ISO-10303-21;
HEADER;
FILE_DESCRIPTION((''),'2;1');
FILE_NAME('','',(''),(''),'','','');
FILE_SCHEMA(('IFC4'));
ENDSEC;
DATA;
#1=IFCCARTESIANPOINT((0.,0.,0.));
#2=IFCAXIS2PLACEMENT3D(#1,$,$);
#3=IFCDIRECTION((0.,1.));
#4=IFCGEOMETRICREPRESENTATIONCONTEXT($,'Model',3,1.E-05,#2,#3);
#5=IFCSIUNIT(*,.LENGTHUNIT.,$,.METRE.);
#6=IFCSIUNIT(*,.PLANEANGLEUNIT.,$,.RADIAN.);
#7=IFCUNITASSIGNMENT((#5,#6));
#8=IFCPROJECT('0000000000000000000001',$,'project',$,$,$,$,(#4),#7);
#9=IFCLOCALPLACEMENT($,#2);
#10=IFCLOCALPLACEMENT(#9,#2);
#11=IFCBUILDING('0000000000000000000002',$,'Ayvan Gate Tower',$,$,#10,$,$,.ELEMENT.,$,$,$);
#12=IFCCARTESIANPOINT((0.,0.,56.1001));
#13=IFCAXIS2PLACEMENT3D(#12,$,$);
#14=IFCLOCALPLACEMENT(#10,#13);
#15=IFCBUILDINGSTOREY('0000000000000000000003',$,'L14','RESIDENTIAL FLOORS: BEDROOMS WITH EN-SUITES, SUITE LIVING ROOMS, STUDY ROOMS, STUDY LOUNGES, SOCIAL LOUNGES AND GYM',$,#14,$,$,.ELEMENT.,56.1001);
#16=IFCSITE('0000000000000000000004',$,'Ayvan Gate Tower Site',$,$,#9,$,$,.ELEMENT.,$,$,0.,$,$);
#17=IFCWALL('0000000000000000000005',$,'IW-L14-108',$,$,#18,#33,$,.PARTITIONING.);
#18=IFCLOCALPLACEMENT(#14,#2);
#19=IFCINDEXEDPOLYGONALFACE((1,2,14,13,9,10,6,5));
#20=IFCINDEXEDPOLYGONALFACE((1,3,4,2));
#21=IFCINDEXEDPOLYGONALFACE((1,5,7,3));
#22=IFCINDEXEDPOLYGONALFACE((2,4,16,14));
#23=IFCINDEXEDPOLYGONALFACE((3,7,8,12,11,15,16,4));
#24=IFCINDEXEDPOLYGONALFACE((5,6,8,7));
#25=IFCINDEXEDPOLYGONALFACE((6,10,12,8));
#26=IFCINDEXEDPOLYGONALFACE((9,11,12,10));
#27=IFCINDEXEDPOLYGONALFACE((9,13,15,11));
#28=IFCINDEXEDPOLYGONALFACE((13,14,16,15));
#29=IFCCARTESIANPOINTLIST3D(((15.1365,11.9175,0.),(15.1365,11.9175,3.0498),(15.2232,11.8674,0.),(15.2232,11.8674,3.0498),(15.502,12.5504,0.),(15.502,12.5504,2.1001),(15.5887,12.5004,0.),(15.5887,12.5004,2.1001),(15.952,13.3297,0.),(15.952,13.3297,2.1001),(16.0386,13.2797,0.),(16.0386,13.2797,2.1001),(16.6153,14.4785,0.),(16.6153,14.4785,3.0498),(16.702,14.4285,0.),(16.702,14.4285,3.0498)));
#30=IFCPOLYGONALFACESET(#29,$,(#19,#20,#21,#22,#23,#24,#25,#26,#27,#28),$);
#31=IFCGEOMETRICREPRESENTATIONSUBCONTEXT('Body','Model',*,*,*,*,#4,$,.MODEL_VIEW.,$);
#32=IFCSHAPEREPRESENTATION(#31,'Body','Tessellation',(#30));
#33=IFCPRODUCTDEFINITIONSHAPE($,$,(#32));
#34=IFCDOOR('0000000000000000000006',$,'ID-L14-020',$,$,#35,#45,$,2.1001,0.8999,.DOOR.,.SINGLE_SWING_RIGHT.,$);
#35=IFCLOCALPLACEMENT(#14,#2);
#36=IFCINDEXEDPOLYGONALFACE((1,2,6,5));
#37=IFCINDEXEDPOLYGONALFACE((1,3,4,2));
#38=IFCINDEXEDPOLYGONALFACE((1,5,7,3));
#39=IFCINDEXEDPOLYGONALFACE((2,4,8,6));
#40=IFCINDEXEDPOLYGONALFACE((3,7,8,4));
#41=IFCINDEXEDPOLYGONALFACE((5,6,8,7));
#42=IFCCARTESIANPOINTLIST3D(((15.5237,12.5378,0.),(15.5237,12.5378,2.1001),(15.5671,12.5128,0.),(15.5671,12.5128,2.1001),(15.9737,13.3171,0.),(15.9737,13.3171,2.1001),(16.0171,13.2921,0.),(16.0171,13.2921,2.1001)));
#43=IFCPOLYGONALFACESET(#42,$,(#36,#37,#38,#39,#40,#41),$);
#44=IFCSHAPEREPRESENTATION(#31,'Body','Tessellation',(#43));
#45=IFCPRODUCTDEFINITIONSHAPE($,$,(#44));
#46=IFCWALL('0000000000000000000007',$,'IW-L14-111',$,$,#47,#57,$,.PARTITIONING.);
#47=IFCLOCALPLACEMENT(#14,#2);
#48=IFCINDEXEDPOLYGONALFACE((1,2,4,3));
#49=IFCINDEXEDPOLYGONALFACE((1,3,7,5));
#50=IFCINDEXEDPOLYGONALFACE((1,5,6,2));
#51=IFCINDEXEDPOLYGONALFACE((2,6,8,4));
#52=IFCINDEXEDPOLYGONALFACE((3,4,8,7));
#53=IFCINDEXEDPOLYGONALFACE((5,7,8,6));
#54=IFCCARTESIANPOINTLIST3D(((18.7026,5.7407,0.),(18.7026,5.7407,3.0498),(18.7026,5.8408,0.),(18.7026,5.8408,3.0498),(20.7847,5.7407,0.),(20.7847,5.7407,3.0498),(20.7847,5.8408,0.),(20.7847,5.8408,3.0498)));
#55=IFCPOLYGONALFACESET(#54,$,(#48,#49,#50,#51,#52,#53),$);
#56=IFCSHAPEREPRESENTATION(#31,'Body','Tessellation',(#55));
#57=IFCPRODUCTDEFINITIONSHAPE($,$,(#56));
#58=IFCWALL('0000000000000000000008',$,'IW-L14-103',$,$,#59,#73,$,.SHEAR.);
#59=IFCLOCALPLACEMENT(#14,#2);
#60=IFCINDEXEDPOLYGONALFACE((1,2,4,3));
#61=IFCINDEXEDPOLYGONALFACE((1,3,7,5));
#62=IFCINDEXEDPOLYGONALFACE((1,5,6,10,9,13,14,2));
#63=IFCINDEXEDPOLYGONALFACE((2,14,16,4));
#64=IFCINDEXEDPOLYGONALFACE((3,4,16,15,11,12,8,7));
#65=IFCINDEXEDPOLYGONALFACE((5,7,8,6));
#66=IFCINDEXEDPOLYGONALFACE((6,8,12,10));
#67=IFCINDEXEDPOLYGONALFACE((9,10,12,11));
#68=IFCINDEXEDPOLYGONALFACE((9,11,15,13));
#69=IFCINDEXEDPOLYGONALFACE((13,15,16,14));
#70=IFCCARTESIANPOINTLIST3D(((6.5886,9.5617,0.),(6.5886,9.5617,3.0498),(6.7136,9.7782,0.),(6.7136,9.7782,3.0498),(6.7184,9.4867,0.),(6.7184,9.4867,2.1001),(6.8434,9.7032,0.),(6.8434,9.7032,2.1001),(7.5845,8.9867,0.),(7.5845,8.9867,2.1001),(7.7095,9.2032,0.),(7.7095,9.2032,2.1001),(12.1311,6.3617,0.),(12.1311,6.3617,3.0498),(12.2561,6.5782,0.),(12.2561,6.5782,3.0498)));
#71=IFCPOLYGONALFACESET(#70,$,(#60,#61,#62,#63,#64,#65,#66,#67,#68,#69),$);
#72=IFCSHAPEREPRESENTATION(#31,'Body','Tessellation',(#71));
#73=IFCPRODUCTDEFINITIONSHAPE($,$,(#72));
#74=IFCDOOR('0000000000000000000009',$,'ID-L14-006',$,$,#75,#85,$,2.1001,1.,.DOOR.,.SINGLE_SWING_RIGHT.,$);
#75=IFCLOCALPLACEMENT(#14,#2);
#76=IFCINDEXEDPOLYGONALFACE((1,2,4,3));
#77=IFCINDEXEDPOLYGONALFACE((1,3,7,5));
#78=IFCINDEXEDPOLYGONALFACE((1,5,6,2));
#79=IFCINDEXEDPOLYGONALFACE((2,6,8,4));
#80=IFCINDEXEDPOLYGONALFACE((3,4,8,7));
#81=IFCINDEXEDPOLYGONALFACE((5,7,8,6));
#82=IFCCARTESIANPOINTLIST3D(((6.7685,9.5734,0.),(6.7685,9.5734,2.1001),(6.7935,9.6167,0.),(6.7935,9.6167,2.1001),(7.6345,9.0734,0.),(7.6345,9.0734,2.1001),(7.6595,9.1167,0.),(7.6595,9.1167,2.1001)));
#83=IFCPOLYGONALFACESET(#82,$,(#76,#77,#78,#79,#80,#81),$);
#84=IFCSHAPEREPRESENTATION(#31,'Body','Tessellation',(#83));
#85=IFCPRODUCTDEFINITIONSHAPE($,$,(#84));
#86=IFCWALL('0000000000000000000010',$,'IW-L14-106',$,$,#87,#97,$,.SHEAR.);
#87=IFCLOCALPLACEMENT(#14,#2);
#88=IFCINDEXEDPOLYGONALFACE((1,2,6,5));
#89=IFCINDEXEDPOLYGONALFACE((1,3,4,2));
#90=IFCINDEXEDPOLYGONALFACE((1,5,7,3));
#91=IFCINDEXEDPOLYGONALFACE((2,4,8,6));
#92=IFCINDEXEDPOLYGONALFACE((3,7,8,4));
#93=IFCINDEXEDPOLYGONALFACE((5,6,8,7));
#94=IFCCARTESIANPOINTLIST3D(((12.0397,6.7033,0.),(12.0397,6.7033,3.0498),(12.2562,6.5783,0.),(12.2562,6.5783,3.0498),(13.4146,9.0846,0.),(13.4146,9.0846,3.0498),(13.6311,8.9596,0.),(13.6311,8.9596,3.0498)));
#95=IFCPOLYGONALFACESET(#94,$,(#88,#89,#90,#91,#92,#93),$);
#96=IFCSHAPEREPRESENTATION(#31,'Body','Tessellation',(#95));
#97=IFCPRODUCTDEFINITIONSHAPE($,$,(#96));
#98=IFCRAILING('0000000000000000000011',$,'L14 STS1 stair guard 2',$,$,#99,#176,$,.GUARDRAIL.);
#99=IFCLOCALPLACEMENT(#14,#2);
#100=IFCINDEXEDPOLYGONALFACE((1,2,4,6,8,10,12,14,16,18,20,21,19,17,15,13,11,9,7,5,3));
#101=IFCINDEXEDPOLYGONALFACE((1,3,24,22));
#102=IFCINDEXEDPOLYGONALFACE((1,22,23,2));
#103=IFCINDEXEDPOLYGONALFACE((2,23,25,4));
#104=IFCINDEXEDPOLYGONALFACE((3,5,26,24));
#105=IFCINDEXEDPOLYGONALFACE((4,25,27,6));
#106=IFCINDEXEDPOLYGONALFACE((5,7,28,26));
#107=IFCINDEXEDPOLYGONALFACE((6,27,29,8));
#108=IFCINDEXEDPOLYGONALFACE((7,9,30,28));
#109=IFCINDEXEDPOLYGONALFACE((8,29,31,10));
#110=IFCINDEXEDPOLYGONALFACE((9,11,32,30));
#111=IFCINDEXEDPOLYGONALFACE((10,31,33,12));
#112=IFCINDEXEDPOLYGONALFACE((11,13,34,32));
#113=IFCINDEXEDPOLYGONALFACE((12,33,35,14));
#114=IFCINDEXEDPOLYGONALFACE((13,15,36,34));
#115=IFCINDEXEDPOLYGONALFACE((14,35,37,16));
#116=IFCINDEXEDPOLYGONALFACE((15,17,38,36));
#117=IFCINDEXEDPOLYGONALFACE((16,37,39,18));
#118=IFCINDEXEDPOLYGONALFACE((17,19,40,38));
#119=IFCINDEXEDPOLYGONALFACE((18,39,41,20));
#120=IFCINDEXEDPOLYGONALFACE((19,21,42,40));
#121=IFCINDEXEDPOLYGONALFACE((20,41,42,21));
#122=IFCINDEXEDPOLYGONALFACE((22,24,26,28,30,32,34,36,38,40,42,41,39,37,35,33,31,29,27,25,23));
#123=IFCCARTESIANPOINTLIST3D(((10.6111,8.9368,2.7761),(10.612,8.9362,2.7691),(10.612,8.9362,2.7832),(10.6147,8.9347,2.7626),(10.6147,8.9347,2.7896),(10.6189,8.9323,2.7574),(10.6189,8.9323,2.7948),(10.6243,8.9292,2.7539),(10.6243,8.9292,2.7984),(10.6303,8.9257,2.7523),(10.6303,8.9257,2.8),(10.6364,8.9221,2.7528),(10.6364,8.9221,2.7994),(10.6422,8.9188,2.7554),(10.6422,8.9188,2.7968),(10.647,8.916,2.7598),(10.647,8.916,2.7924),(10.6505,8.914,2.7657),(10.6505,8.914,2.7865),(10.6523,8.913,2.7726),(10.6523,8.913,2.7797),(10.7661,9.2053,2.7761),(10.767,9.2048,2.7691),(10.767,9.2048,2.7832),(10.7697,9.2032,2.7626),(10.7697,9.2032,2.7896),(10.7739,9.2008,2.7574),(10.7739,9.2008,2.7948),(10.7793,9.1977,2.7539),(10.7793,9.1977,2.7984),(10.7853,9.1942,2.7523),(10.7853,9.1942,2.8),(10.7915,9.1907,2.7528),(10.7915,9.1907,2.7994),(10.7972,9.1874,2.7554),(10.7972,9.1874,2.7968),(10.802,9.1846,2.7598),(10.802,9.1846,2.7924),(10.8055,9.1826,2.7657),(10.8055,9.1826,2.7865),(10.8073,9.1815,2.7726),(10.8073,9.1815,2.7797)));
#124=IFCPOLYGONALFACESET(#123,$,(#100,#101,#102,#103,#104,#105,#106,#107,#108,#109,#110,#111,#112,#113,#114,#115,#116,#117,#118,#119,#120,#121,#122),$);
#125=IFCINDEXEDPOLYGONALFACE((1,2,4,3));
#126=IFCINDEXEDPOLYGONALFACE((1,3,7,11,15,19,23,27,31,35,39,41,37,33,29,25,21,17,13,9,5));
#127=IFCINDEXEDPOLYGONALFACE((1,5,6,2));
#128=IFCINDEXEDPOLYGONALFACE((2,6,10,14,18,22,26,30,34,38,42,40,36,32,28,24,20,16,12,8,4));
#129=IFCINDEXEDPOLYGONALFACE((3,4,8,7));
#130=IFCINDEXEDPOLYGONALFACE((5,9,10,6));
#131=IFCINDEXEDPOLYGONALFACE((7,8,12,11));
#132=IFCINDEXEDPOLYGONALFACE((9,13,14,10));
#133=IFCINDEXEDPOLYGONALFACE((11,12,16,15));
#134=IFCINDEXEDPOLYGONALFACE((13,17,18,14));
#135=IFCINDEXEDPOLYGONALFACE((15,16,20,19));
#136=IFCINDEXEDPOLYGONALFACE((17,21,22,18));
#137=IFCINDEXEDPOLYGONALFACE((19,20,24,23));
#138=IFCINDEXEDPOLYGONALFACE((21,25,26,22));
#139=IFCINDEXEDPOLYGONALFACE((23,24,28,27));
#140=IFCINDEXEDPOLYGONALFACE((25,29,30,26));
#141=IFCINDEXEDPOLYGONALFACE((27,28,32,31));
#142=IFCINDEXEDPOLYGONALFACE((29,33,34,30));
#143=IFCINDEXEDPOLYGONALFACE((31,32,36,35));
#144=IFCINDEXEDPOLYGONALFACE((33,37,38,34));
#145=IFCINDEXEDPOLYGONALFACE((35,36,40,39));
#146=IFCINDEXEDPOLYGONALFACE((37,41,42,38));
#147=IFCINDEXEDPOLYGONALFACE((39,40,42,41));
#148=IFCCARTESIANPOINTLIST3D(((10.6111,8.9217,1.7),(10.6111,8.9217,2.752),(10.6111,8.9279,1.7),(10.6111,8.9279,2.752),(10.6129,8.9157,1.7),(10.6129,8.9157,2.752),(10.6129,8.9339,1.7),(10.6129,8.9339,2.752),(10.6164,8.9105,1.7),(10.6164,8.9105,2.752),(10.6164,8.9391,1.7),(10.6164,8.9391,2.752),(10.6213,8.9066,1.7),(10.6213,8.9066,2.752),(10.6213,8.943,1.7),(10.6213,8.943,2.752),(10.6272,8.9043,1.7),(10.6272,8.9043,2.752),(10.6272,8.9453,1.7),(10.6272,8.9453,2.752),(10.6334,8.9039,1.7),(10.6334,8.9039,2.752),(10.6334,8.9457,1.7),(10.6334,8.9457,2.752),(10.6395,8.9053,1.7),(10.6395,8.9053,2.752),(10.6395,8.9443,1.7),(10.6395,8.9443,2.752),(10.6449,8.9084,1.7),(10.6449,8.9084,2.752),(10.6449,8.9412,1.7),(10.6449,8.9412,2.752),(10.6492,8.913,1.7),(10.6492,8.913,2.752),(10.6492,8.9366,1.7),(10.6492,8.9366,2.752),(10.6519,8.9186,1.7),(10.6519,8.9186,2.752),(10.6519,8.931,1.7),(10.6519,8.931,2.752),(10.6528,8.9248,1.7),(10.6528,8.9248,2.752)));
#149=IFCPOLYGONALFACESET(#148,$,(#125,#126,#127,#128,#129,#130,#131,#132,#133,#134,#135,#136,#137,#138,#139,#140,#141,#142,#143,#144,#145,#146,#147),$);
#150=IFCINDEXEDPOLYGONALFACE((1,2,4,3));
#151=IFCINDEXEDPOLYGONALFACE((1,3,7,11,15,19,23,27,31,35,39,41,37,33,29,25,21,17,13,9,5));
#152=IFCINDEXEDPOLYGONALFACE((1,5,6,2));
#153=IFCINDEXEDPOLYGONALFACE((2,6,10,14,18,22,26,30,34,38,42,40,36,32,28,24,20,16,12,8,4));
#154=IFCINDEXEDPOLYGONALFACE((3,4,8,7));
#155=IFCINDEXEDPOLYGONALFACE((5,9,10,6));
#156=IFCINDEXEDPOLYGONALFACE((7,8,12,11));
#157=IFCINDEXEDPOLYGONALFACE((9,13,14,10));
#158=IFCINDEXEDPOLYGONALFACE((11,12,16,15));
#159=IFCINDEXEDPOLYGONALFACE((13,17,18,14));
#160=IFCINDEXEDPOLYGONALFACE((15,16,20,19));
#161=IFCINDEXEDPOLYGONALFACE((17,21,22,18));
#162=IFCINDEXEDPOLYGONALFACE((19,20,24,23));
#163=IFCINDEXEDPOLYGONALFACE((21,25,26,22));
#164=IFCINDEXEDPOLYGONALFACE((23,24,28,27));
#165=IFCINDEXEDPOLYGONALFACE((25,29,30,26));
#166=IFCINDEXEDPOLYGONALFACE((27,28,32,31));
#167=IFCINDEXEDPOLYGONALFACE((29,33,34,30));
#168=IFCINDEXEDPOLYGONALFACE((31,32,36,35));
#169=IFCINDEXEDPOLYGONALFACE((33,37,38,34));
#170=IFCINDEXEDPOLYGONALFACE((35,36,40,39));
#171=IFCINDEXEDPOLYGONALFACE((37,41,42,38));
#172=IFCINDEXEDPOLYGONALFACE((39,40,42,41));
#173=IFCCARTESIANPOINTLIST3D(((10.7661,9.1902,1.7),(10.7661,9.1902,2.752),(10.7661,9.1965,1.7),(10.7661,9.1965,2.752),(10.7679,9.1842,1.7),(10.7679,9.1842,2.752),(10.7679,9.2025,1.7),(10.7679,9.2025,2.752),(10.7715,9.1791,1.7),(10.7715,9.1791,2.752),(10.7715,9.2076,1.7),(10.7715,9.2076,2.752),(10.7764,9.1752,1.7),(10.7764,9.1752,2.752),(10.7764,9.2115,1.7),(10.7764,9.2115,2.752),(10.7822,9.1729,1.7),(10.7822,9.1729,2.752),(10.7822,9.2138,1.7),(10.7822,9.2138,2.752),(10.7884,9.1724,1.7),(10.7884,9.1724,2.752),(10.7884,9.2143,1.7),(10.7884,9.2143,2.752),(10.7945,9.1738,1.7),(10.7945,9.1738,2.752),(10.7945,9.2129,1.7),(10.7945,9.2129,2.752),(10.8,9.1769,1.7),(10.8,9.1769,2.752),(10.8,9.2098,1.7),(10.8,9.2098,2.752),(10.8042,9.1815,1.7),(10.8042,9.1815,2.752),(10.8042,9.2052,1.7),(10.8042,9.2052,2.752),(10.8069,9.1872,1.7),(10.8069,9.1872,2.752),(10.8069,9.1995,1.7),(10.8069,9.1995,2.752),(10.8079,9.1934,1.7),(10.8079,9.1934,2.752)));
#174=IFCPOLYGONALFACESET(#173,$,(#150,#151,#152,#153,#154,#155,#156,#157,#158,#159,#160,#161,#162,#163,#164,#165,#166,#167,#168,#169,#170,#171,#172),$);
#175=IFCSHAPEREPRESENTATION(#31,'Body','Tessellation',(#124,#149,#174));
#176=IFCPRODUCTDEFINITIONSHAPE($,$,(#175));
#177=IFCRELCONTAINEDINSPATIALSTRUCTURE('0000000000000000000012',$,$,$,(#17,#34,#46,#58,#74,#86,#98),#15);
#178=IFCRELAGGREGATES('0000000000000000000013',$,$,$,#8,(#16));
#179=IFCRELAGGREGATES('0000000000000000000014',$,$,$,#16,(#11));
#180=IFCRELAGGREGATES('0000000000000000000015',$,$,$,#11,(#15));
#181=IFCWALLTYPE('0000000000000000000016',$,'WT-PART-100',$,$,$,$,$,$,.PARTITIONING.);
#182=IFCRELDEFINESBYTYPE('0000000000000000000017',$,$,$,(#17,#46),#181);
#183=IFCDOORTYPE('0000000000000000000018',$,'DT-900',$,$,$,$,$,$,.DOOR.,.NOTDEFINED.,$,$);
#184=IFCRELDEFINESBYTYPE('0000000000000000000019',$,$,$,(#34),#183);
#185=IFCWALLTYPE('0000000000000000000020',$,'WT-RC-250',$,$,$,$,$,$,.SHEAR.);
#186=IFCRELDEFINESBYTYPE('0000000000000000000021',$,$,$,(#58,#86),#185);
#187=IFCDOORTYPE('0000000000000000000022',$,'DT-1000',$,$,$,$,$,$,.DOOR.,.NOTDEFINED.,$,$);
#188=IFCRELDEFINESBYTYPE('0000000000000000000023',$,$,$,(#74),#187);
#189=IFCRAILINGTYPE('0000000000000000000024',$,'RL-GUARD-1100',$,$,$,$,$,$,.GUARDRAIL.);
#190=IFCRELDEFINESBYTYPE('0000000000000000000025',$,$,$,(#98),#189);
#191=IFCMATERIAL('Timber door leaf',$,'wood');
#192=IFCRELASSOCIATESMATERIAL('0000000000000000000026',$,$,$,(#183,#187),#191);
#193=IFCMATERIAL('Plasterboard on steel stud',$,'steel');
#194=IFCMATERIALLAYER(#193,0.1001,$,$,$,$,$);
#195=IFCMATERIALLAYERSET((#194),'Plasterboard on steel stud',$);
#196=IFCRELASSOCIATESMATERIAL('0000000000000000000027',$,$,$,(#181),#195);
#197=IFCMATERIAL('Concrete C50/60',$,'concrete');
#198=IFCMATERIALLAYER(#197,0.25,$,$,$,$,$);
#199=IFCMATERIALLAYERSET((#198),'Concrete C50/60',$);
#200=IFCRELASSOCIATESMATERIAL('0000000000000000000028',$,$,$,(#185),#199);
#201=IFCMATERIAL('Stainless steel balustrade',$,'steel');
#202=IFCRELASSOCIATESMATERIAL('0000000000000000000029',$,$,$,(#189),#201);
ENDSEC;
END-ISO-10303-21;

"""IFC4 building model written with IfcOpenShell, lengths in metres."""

from ifc_helpers import new_model, si_unit, direction, frame, frame_2d, origin, origin_2d, place, context, subcontext, project, spatial, rectangle, circle, extrude, material, layer, layer_set, type_object, element, fill, save


model = new_model("IFC4")

# Units and contexts
model_context = context("Model", 3, precision=1e-05, world=origin(), true_north=direction((0.0, 1.0)))
body_context = subcontext(model_context, "Body", "Model", "MODEL_VIEW")
ifc_project = project(units=[si_unit("LENGTHUNIT", "METRE"), si_unit("PLANEANGLEUNIT", "RADIAN")], contexts=[model_context])

# Site, building, storey
site_placement = place(None, origin())
site = spatial("IfcSite", under=ifc_project, at=site_placement, Name="Ayvan Gate Tower Site", CompositionType="ELEMENT", RefElevation=0.0)
building_placement = place(site_placement, origin())
building = spatial("IfcBuilding", under=site, at=building_placement, Name="Ayvan Gate Tower", CompositionType="ELEMENT")
storey_placement = place(building_placement, frame((0.0, 0.0, 56.1001)))
storey = spatial("IfcBuildingStorey", under=building, at=storey_placement, Name="L14", Description="RESIDENTIAL FLOORS: BEDROOMS WITH EN-SUITES, SUITE LIVING ROOMS, STUDY ROOMS, STUDY LOUNGES, SOCIAL LOUNGES AND GYM", CompositionType="ELEMENT", Elevation=56.1001)

# Shared definitions
ifc_material_1 = material(Name="Timber door leaf", Category="wood")
door_type_1 = type_object("IfcDoorType", Name="DT-900", OperationType="NOTDEFINED", PredefinedType="DOOR", material=ifc_material_1)

# Shared definitions
ifc_material_2 = material(Name="Plasterboard on steel stud", Category="steel")

# Shared definitions
door_type_2 = type_object("IfcDoorType", Name="DT-1000", OperationType="NOTDEFINED", PredefinedType="DOOR", material=ifc_material_1)

# Shared definitions
ifc_layer_1 = layer(ifc_material_2, 0.1001)
ifc_layer_set_1 = layer_set([ifc_layer_1], Name="Plasterboard on steel stud")
wall_type_1 = type_object("IfcWallType", Name="WT-PART-100", PredefinedType="PARTITIONING", material=ifc_layer_set_1)

# Wall, opening, door
wall_1_placement = place(storey_placement, frame((15.1799, 11.8926, 0.0), z_axis=(0.0, 0.0, 1.0), x_axis=(0.500037, 0.866004, 0.0)))
wall_1 = element("IfcWall", 1, at=wall_1_placement, inside=storey, type_object=wall_type_1, Name="IW-L14-108", PredefinedType="PARTITIONING", context=body_context, shape_type="SweptSolid", body=[
    extrude(rectangle(XDim=2.9573, YDim=0.1001, at=frame_2d((1.4785, 0.0))), origin(), (0.0, 0.0, 1.0), 3.0498),
])
opening_1_placement = place(wall_1_placement, frame((0.7307, 0.0, 0.0)))
opening_1 = element("IfcOpeningElement", 2, at=opening_1_placement, cuts=wall_1, PredefinedType="OPENING", context=body_context, shape_type="SweptSolid", body=[
    extrude(rectangle(XDim=0.8999, YDim=2.1001, at=frame_2d((0.45, 1.05))), frame((0.0, 0.0601, 0.0), z_axis=(0.0, -1.0, 0.0), x_axis=(1.0, 0.0, 0.0)), (0.0, 0.0, 1.0), 0.1201),
])
door_1_placement = place(opening_1_placement, origin())
door_1 = element("IfcDoor", 3, at=door_1_placement, inside=storey, type_object=door_type_1, Name="ID-L14-020", OperationType="SINGLE_SWING_RIGHT", OverallHeight=2.1001, OverallWidth=0.8999, PredefinedType="DOOR", context=body_context, shape_type="SweptSolid", body=[
    extrude(rectangle(XDim=0.8999, YDim=2.1001, at=frame_2d((0.45, 1.05))), frame((0.0, 0.0249, 0.0), z_axis=(0.0, -1.0, 0.0), x_axis=(1.0, 0.0, 0.0)), (0.0, 0.0, 1.0), 0.05),
])
fill(opening_1, door_1)

# Wall
wall_2_placement = place(storey_placement, frame((18.7026, 5.7908, 0.0), z_axis=(0.0, 0.0, 1.0), x_axis=(1.0, 0.0, 0.0)))
element("IfcWall", 4, at=wall_2_placement, inside=storey, type_object=wall_type_1, Name="IW-L14-111", PredefinedType="PARTITIONING", context=body_context, shape_type="SweptSolid", body=[
    extrude(rectangle(XDim=2.082, YDim=0.1001, at=frame_2d((1.041, 0.0))), origin(), (0.0, 0.0, 1.0), 3.0498),
])

# Wall, opening, door
ifc_material_3 = material(Name="Concrete C50/60", Category="concrete")
ifc_layer_2 = layer(ifc_material_3, 0.25)
ifc_layer_set_2 = layer_set([ifc_layer_2], Name="Concrete C50/60")
wall_type_2 = type_object("IfcWallType", Name="WT-RC-250", PredefinedType="SHEAR", material=ifc_layer_set_2)
wall_3_placement = place(storey_placement, frame((12.1936, 6.47, 0.0), z_axis=(0.0, 0.0, 1.0), x_axis=(-0.866025, 0.5, 0.0)))
wall_3 = element("IfcWall", 5, at=wall_3_placement, inside=storey, type_object=wall_type_2, Name="IW-L14-103", PredefinedType="SHEAR", context=body_context, shape_type="SweptSolid", body=[
    extrude(rectangle(XDim=6.3999, YDim=0.25, at=frame_2d((3.2, 0.0))), origin(), (0.0, 0.0, 1.0), 3.0498),
])
opening_2_placement = place(wall_3_placement, frame((5.25, 0.0, 0.0)))
opening_2 = element("IfcOpeningElement", 6, at=opening_2_placement, cuts=wall_3, PredefinedType="OPENING", context=body_context, shape_type="SweptSolid", body=[
    extrude(rectangle(XDim=1.0, YDim=2.1001, at=frame_2d((0.5, 1.05))), frame((0.0, 0.135, 0.0), z_axis=(0.0, -1.0, 0.0), x_axis=(1.0, 0.0, 0.0)), (0.0, 0.0, 1.0), 0.27),
])
door_2_placement = place(opening_2_placement, origin())
door_2 = element("IfcDoor", 7, at=door_2_placement, inside=storey, type_object=door_type_2, Name="ID-L14-006", OperationType="SINGLE_SWING_RIGHT", OverallHeight=2.1001, OverallWidth=1.0, PredefinedType="DOOR", context=body_context, shape_type="SweptSolid", body=[
    extrude(rectangle(XDim=1.0, YDim=2.1001, at=frame_2d((0.5, 1.05))), frame((0.0, 0.0249, 0.0), z_axis=(0.0, -1.0, 0.0), x_axis=(1.0, 0.0, 0.0)), (0.0, 0.0, 1.0), 0.05),
])
fill(opening_2, door_2)

# Wall
wall_4_placement = place(storey_placement, frame((13.5229, 9.0222, 0.0), z_axis=(0.0, 0.0, 1.0), x_axis=(-0.500035, -0.866005, 0.0)))
element("IfcWall", 8, at=wall_4_placement, inside=storey, type_object=wall_type_2, Name="IW-L14-106", PredefinedType="SHEAR", context=body_context, shape_type="SweptSolid", body=[
    extrude(rectangle(XDim=2.7498, YDim=0.25, at=frame_2d((1.375, 0.0))), origin(), (0.0, 0.0, 1.0), 3.0498),
])

# Railing
ifc_material_4 = material(Name="Stainless steel balustrade", Category="steel")
railing_type_1 = type_object("IfcRailingType", Name="RL-GUARD-1100", PredefinedType="GUARDRAIL", material=ifc_material_4)
railing_1_placement = place(storey_placement, frame((10.6318, 8.9248, 1.7)))
element("IfcRailing", 9, at=railing_1_placement, inside=storey, type_object=railing_type_1, Name="L14 STS1 stair guard 2", PredefinedType="GUARDRAIL", context=body_context, shape_type="SweptSolid", body=[
    extrude(circle(Radius=0.0239, at=origin_2d()), frame((0.0, 0.0, 1.0762), z_axis=(0.49995, 0.866054, 0.0), x_axis=(-0.866054, 0.49995, 0.0)), (0.0, 0.0, 1.0), 0.3101),
    extrude(circle(Radius=0.021, at=origin_2d()), origin(), (0.0, 0.0, 1.0), 1.052),
    extrude(circle(Radius=0.021, at=origin_2d()), frame((0.155, 0.2686, 0.0)), (0.0, 0.0, 1.0), 1.052),
])

save(model, "model.ifc")
